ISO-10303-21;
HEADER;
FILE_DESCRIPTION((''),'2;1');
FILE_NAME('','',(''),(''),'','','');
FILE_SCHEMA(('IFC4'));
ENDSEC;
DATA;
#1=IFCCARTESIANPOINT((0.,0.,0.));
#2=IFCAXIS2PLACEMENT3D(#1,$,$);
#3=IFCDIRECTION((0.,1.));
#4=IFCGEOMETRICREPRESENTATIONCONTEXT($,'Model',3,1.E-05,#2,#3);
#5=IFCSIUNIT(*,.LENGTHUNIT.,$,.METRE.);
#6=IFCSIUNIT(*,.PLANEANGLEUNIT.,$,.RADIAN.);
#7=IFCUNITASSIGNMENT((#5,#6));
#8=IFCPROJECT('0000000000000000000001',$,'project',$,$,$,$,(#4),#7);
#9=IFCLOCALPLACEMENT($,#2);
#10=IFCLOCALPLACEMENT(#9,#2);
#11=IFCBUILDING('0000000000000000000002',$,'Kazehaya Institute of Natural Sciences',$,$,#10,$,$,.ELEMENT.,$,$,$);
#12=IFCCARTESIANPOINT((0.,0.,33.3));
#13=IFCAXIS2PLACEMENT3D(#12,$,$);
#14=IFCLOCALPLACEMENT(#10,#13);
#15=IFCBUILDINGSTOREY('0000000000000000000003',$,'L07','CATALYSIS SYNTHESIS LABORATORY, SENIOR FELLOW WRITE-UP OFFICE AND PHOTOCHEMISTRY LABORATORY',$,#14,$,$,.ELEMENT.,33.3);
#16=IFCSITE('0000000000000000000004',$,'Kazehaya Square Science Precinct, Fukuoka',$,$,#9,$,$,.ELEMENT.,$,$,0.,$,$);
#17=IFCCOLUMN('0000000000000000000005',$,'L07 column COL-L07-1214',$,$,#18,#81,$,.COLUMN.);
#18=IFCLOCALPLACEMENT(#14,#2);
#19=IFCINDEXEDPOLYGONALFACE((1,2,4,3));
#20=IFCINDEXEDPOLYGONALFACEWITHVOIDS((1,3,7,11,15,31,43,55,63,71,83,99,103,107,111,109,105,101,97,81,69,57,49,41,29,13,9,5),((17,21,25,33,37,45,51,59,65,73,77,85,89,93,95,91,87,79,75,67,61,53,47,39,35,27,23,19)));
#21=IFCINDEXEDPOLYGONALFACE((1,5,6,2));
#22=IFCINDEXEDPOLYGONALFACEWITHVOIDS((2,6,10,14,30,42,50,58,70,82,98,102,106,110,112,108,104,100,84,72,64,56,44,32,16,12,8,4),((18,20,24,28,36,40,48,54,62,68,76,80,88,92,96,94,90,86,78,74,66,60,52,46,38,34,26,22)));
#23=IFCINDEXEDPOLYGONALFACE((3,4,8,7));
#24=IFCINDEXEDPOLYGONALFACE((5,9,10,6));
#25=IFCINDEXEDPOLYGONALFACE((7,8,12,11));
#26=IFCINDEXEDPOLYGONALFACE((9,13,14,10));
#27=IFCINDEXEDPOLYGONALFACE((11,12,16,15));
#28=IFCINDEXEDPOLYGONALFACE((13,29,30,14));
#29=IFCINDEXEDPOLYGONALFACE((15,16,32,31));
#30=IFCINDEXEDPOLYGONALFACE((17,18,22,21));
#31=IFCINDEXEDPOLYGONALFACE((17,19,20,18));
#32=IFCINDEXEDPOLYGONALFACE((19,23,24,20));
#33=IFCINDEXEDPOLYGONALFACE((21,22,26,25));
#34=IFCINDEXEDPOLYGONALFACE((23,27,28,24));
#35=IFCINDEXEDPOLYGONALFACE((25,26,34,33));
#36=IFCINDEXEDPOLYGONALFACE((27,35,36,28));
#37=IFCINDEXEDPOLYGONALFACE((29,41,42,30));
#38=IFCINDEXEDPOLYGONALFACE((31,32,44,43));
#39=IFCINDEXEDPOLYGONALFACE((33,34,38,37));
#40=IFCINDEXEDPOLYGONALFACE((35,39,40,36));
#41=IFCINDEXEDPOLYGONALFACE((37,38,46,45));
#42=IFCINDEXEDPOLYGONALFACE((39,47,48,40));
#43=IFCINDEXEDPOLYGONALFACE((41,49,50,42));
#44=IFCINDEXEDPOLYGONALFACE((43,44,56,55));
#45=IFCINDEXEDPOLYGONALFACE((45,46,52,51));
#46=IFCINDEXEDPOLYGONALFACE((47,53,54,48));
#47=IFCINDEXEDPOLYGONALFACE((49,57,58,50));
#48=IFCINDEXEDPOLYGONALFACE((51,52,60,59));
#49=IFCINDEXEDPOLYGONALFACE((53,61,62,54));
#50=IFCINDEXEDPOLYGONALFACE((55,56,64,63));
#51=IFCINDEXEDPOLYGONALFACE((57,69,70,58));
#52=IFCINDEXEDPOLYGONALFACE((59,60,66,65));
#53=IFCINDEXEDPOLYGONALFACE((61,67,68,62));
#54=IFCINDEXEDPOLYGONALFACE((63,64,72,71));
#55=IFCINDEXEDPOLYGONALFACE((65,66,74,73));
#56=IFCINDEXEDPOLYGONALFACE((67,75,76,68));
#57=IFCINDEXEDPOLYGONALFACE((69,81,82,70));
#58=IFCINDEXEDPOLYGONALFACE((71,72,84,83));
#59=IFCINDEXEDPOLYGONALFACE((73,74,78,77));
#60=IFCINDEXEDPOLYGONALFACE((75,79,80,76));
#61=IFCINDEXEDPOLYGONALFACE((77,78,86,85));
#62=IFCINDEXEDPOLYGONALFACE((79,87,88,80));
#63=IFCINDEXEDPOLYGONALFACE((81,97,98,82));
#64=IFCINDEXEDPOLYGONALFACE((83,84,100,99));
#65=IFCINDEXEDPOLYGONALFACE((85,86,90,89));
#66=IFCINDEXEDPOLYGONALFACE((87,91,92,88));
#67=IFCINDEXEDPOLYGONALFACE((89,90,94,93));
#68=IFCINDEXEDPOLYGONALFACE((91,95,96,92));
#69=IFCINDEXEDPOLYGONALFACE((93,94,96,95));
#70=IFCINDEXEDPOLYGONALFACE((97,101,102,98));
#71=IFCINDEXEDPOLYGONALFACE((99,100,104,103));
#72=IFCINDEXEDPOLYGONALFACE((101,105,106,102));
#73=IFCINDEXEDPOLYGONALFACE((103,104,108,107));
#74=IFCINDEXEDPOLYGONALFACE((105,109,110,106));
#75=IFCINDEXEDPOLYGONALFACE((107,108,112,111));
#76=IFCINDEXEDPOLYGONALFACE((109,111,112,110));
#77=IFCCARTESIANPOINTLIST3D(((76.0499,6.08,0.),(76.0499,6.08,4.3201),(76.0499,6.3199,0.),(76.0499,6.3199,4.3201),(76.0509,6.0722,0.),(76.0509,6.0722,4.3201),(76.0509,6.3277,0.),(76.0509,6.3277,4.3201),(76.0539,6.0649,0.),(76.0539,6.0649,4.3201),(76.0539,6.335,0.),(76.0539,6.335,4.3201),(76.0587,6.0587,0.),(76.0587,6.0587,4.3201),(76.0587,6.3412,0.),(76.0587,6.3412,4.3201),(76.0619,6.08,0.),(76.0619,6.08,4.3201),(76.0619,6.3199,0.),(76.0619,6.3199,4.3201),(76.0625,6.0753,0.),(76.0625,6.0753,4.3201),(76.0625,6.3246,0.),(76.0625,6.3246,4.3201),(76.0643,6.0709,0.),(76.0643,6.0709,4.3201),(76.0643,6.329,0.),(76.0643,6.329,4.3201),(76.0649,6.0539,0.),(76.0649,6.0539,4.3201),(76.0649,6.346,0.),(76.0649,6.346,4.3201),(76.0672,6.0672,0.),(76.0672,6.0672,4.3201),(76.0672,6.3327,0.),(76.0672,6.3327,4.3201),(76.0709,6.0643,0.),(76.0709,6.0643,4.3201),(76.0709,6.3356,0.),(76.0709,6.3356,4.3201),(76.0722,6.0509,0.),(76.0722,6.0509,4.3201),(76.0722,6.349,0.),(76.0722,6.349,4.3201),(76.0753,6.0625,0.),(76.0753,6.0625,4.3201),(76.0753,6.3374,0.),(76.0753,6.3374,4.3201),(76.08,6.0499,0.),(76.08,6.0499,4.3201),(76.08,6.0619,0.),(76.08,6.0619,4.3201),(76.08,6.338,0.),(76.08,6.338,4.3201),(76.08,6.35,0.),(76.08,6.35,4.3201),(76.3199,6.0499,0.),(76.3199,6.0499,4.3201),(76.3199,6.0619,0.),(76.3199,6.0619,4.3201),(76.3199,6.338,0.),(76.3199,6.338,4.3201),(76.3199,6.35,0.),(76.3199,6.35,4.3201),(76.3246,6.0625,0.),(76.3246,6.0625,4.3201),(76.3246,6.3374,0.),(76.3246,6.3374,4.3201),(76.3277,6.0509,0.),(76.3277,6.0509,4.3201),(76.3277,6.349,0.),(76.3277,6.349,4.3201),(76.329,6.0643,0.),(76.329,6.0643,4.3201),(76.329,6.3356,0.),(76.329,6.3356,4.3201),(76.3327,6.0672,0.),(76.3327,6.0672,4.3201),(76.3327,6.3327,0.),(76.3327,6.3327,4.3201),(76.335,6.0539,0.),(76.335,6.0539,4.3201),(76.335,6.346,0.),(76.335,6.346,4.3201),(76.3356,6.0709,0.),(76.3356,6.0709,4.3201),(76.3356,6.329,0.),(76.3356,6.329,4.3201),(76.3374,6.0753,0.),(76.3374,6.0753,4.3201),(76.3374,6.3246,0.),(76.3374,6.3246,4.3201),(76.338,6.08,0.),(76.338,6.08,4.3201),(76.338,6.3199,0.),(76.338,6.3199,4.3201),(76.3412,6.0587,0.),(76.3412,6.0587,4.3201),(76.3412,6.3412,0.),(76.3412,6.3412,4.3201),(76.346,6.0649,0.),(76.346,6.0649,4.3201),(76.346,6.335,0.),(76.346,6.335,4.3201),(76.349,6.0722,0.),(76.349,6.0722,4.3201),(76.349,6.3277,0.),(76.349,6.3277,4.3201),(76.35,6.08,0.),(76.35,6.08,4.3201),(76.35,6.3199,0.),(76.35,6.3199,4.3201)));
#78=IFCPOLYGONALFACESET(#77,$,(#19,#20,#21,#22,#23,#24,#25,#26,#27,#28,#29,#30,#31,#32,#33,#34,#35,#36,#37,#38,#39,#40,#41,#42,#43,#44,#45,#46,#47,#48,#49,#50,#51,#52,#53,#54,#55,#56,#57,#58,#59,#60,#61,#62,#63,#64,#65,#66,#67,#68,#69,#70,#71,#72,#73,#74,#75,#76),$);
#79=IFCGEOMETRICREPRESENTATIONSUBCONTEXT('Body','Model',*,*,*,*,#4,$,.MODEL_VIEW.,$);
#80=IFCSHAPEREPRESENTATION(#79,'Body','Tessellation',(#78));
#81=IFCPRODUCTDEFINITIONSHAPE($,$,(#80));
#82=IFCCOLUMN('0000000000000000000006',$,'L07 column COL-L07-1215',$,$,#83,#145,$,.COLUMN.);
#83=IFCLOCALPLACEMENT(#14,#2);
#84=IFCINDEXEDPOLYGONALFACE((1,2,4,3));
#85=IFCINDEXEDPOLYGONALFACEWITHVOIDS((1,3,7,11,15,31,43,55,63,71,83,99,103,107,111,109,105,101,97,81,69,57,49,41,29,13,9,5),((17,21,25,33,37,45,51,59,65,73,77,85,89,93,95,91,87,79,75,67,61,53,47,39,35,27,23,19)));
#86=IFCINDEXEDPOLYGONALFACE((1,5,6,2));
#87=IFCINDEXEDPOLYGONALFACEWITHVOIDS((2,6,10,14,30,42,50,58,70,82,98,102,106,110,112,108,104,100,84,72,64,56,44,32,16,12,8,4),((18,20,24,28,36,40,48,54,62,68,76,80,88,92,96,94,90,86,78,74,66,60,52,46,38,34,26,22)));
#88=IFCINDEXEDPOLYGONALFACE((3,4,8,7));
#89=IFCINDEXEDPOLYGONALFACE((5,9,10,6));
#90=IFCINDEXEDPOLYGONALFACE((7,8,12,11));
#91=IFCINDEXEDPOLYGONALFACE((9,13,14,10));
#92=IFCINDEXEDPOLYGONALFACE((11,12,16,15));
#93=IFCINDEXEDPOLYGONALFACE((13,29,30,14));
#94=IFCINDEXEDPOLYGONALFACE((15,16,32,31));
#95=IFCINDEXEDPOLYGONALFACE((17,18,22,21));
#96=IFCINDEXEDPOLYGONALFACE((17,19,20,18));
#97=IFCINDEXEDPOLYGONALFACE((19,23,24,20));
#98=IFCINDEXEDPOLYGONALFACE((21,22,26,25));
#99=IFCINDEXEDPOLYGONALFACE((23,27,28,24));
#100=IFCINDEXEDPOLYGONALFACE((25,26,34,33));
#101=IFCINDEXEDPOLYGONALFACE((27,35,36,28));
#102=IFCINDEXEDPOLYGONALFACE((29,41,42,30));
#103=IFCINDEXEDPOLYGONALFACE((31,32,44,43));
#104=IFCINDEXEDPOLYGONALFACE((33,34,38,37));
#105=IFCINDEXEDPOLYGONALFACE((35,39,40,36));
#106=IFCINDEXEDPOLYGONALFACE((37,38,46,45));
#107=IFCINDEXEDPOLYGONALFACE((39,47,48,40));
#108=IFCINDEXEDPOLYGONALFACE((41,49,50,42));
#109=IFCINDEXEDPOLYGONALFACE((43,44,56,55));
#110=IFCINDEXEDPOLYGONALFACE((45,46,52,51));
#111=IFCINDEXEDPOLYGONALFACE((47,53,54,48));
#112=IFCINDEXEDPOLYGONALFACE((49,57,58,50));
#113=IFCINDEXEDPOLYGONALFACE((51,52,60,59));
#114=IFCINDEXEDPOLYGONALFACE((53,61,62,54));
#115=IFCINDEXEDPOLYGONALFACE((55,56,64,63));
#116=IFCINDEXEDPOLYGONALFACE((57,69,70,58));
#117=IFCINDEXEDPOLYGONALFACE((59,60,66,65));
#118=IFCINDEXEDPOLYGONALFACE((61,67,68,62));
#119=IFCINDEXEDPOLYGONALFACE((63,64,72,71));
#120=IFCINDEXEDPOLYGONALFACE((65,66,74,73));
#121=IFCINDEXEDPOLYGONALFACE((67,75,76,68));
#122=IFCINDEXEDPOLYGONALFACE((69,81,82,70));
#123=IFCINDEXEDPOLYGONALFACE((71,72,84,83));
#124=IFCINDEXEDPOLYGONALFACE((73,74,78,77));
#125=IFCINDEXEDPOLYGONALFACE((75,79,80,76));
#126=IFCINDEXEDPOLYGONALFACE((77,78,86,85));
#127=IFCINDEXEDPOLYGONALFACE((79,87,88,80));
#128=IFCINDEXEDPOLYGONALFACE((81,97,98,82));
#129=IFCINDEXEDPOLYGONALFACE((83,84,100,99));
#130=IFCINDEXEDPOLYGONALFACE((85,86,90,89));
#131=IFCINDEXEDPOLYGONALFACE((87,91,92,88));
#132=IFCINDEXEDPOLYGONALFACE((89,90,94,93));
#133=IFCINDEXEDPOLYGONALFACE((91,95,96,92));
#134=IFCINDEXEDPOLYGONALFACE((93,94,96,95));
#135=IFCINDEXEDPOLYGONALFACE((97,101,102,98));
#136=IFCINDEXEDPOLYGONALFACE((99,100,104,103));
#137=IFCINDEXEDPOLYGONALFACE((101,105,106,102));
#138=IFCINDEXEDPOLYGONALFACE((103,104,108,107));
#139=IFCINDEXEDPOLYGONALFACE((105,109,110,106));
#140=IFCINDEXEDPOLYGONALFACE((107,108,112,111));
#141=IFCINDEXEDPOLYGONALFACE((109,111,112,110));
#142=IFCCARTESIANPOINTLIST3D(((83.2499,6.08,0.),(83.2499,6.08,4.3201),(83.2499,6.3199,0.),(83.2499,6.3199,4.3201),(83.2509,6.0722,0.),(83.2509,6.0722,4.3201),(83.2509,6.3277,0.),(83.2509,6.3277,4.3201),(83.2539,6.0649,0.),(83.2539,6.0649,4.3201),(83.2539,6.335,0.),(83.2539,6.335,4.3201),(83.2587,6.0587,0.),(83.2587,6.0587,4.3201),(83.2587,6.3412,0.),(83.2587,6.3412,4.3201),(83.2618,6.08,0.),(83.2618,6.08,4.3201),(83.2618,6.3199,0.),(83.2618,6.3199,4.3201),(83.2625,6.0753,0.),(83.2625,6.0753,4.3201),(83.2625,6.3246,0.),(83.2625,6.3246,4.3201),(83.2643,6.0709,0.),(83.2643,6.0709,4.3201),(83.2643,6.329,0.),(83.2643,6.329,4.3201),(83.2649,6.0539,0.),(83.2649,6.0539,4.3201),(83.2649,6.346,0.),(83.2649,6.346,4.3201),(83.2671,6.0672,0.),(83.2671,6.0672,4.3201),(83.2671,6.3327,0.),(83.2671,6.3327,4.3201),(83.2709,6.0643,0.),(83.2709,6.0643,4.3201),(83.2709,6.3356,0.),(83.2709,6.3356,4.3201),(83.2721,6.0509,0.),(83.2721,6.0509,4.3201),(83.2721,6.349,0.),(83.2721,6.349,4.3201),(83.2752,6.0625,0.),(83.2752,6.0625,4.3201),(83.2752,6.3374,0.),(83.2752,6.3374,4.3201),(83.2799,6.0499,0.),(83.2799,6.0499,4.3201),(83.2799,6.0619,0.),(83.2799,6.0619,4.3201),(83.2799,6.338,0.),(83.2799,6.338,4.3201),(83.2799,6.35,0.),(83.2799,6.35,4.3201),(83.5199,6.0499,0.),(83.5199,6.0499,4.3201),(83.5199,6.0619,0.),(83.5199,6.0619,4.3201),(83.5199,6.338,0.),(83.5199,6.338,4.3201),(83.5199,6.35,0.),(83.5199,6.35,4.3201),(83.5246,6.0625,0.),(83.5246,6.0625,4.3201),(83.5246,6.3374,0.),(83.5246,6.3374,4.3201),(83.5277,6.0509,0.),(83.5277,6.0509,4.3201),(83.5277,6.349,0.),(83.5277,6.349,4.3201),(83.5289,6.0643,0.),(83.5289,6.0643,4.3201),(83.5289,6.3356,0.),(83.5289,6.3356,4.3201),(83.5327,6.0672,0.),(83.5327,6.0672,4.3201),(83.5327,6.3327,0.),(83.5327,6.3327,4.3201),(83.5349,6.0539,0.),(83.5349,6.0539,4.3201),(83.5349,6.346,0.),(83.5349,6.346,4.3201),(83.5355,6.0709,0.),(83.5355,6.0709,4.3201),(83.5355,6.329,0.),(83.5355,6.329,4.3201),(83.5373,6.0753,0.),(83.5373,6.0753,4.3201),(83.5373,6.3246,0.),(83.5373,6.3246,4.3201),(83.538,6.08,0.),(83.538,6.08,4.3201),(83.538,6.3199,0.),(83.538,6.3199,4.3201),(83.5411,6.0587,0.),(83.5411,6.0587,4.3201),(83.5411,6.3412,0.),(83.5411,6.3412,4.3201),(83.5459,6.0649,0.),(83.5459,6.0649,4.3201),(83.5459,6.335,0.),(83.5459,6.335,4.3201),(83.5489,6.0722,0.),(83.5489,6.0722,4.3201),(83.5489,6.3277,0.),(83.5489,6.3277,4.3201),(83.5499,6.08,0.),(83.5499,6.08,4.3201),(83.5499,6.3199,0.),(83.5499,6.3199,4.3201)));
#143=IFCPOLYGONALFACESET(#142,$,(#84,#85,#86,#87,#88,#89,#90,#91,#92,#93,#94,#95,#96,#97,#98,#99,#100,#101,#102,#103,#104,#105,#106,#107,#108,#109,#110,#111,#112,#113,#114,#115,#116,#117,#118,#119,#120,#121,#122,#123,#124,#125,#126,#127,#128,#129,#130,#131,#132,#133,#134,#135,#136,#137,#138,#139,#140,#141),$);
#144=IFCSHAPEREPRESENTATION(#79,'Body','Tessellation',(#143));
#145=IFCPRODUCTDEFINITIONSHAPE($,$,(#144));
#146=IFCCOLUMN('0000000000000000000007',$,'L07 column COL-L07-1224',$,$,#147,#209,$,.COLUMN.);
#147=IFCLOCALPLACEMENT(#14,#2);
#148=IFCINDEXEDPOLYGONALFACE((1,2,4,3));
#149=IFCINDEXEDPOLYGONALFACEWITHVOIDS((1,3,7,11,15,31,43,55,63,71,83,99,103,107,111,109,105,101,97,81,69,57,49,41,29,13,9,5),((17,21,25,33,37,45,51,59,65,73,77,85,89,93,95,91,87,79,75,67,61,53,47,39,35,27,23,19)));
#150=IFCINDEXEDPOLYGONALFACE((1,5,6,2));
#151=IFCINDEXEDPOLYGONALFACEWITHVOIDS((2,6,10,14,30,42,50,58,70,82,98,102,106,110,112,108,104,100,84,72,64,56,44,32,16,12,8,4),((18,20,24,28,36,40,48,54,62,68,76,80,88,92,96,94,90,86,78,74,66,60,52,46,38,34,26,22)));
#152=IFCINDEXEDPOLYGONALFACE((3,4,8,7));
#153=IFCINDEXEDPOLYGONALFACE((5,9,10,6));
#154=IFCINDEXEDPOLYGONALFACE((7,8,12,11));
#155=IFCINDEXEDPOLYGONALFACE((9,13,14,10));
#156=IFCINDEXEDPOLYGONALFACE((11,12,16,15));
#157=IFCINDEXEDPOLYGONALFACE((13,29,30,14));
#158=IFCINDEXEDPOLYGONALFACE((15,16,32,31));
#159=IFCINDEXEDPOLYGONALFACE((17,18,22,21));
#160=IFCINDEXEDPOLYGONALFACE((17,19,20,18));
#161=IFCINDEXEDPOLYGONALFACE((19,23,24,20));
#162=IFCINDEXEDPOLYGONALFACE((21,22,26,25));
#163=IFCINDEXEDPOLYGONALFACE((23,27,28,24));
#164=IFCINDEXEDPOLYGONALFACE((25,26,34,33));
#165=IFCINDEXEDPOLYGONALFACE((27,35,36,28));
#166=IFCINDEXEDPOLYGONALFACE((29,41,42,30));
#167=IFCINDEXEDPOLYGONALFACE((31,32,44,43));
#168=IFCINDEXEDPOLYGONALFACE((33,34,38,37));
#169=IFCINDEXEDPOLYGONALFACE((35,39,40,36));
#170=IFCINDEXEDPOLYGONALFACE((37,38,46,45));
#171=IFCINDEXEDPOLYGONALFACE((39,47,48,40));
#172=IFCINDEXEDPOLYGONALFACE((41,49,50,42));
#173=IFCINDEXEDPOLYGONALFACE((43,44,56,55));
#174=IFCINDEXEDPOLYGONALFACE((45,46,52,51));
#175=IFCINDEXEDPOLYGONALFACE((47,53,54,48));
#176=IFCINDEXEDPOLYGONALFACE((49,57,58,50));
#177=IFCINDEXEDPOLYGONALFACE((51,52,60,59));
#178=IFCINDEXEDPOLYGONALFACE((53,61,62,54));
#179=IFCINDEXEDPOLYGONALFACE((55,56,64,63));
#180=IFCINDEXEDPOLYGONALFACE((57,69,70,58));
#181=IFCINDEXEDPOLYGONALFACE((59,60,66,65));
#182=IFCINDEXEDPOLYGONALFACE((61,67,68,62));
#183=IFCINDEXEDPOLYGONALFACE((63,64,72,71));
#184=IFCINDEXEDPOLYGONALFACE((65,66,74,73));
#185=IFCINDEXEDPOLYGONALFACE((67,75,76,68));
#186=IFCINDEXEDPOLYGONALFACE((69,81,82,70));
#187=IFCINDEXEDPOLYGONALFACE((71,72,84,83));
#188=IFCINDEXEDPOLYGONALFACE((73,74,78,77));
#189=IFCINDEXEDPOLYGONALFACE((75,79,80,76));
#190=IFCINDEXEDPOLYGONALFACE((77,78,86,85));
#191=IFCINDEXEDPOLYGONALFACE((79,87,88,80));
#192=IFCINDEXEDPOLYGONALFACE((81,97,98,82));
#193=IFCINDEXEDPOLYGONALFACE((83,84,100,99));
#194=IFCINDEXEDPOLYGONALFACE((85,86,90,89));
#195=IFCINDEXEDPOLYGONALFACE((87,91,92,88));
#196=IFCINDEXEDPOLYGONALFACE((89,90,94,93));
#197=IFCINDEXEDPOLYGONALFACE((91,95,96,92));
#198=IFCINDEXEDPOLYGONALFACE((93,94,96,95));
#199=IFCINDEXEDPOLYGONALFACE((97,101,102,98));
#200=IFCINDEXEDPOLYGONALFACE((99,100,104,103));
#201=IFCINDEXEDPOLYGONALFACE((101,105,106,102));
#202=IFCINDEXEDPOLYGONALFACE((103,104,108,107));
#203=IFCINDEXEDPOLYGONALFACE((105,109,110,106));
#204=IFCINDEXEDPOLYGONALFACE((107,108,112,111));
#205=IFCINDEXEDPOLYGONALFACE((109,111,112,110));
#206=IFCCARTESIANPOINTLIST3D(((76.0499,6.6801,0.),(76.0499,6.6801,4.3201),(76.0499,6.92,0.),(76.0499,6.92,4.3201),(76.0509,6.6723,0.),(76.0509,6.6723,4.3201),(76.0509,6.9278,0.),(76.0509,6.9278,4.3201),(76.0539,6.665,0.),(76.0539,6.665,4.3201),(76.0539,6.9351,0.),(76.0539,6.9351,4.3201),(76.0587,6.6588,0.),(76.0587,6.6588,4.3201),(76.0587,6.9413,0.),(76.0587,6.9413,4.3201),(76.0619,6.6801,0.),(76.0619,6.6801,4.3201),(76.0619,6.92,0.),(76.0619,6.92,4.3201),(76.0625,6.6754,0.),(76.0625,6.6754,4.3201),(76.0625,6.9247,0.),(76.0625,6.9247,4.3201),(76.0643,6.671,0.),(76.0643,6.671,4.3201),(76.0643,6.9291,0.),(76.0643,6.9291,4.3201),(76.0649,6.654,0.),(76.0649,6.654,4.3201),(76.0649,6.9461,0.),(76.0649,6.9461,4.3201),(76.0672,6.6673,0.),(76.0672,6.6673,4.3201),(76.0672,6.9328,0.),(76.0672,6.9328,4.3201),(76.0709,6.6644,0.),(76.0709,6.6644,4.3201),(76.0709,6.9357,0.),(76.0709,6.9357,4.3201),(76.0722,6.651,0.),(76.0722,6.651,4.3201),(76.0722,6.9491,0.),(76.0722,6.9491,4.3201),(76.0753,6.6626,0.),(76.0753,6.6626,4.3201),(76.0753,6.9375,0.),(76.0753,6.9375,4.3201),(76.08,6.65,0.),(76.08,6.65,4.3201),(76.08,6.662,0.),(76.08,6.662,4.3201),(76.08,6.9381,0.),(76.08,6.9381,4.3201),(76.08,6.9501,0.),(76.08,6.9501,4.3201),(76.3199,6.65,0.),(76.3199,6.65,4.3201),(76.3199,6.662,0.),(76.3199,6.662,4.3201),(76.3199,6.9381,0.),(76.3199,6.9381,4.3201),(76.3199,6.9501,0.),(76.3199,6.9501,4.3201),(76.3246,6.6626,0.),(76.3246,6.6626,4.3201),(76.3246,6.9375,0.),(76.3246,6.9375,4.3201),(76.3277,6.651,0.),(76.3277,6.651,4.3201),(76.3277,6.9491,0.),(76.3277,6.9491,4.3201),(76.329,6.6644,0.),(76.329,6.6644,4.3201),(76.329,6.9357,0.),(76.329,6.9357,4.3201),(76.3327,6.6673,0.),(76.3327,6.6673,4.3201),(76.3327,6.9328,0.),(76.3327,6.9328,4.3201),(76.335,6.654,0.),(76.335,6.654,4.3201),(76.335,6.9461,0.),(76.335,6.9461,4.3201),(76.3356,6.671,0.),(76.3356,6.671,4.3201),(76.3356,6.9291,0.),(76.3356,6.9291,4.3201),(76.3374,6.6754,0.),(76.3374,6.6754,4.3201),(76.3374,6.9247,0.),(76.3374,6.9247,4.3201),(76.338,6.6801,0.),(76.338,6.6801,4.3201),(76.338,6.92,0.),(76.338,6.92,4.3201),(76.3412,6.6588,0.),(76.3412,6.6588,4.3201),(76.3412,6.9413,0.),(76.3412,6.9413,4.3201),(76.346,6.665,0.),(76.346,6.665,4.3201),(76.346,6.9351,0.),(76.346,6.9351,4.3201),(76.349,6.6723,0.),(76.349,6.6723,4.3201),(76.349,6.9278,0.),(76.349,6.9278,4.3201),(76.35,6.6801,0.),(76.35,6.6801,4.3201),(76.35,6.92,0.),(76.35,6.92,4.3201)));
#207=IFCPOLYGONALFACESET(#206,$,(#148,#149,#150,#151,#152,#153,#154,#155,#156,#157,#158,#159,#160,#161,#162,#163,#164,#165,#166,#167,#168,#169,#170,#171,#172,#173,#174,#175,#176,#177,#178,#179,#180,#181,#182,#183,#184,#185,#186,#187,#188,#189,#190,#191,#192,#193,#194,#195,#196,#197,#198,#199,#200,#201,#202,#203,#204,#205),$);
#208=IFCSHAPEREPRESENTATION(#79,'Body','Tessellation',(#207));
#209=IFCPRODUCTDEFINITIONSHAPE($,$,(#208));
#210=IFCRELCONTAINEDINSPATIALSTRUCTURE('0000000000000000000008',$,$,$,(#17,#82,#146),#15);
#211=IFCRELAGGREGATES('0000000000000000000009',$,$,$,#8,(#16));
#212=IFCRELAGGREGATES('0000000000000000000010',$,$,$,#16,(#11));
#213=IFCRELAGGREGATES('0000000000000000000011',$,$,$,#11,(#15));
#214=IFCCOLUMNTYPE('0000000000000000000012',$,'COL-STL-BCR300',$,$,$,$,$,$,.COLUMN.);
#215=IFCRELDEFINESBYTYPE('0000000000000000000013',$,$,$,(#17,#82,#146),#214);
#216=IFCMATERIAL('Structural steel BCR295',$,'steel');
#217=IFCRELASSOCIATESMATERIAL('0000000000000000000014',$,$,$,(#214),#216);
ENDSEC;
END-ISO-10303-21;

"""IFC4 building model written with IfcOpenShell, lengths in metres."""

from ifc_helpers import new_model, si_unit, direction, frame, origin, origin_2d, place, context, subcontext, project, spatial, hollow_rectangle, extrude, material, material_profile, profile_set, type_object, element, save


model = new_model("IFC4")

# Units and contexts
model_context = context("Model", 3, precision=1e-05, world=origin(), true_north=direction((0.0, 1.0)))
body_context = subcontext(model_context, "Body", "Model", "MODEL_VIEW")
ifc_project = project(units=[si_unit("LENGTHUNIT", "METRE"), si_unit("PLANEANGLEUNIT", "RADIAN")], contexts=[model_context])

# Site, building, storey
site_placement = place(None, origin())
site = spatial("IfcSite", under=ifc_project, at=site_placement, Name="Kazehaya Square Science Precinct, Fukuoka", CompositionType="ELEMENT", RefElevation=0.0)
building_placement = place(site_placement, origin())
building = spatial("IfcBuilding", under=site, at=building_placement, Name="Kazehaya Institute of Natural Sciences", CompositionType="ELEMENT")
storey_placement = place(building_placement, frame((0.0, 0.0, 33.3)))
storey = spatial("IfcBuildingStorey", under=building, at=storey_placement, Name="L07", Description="CATALYSIS SYNTHESIS LABORATORY, SENIOR FELLOW WRITE-UP OFFICE AND PHOTOCHEMISTRY LABORATORY", CompositionType="ELEMENT", Elevation=33.3)

# Columns
ifc_material_1 = material(Name="Structural steel BCR295", Category="steel")
ifc_material_profile_1 = material_profile(ifc_material_1, hollow_rectangle(XDim=0.3, YDim=0.3, WallThickness=0.012, InnerFilletRadius=0.0181, OuterFilletRadius=0.03, at=origin_2d()), Name="BCR-300x300x12")
ifc_profile_set_1 = profile_set([ifc_material_profile_1], Name="Structural steel BCR295")
column_type = type_object("IfcColumnType", Name="COL-STL-BCR300", PredefinedType="COLUMN", material=ifc_profile_set_1)
for number, where, z_axis, x_axis, name in (
    (1, (76.2, 6.2, 0.0), (0.0, 0.0, 1.0), (1.0, 0.0, 0.0), "L07 column COL-L07-1214"),
    (2, (83.3999, 6.2, 0.0), (0.0, 0.0, 1.0), (1.0, 0.0, 0.0), "L07 column COL-L07-1215"),
    (3, (76.2, 6.8, 0.0), (0.0, 0.0, 1.0), (1.0, 0.0, 0.0), "L07 column COL-L07-1224"),
):
    element("IfcColumn", number, at=place(storey_placement, frame(where, z_axis=z_axis, x_axis=x_axis)), inside=storey, type_object=column_type, Name=name, PredefinedType="COLUMN", context=body_context, shape_type="SweptSolid", body=[
        extrude(hollow_rectangle(XDim=0.3, YDim=0.3, WallThickness=0.012, InnerFilletRadius=0.0181, OuterFilletRadius=0.03, at=origin_2d()), origin(), (0.0, 0.0, 1.0), 4.3201),
    ])

save(model, "model.ifc")
